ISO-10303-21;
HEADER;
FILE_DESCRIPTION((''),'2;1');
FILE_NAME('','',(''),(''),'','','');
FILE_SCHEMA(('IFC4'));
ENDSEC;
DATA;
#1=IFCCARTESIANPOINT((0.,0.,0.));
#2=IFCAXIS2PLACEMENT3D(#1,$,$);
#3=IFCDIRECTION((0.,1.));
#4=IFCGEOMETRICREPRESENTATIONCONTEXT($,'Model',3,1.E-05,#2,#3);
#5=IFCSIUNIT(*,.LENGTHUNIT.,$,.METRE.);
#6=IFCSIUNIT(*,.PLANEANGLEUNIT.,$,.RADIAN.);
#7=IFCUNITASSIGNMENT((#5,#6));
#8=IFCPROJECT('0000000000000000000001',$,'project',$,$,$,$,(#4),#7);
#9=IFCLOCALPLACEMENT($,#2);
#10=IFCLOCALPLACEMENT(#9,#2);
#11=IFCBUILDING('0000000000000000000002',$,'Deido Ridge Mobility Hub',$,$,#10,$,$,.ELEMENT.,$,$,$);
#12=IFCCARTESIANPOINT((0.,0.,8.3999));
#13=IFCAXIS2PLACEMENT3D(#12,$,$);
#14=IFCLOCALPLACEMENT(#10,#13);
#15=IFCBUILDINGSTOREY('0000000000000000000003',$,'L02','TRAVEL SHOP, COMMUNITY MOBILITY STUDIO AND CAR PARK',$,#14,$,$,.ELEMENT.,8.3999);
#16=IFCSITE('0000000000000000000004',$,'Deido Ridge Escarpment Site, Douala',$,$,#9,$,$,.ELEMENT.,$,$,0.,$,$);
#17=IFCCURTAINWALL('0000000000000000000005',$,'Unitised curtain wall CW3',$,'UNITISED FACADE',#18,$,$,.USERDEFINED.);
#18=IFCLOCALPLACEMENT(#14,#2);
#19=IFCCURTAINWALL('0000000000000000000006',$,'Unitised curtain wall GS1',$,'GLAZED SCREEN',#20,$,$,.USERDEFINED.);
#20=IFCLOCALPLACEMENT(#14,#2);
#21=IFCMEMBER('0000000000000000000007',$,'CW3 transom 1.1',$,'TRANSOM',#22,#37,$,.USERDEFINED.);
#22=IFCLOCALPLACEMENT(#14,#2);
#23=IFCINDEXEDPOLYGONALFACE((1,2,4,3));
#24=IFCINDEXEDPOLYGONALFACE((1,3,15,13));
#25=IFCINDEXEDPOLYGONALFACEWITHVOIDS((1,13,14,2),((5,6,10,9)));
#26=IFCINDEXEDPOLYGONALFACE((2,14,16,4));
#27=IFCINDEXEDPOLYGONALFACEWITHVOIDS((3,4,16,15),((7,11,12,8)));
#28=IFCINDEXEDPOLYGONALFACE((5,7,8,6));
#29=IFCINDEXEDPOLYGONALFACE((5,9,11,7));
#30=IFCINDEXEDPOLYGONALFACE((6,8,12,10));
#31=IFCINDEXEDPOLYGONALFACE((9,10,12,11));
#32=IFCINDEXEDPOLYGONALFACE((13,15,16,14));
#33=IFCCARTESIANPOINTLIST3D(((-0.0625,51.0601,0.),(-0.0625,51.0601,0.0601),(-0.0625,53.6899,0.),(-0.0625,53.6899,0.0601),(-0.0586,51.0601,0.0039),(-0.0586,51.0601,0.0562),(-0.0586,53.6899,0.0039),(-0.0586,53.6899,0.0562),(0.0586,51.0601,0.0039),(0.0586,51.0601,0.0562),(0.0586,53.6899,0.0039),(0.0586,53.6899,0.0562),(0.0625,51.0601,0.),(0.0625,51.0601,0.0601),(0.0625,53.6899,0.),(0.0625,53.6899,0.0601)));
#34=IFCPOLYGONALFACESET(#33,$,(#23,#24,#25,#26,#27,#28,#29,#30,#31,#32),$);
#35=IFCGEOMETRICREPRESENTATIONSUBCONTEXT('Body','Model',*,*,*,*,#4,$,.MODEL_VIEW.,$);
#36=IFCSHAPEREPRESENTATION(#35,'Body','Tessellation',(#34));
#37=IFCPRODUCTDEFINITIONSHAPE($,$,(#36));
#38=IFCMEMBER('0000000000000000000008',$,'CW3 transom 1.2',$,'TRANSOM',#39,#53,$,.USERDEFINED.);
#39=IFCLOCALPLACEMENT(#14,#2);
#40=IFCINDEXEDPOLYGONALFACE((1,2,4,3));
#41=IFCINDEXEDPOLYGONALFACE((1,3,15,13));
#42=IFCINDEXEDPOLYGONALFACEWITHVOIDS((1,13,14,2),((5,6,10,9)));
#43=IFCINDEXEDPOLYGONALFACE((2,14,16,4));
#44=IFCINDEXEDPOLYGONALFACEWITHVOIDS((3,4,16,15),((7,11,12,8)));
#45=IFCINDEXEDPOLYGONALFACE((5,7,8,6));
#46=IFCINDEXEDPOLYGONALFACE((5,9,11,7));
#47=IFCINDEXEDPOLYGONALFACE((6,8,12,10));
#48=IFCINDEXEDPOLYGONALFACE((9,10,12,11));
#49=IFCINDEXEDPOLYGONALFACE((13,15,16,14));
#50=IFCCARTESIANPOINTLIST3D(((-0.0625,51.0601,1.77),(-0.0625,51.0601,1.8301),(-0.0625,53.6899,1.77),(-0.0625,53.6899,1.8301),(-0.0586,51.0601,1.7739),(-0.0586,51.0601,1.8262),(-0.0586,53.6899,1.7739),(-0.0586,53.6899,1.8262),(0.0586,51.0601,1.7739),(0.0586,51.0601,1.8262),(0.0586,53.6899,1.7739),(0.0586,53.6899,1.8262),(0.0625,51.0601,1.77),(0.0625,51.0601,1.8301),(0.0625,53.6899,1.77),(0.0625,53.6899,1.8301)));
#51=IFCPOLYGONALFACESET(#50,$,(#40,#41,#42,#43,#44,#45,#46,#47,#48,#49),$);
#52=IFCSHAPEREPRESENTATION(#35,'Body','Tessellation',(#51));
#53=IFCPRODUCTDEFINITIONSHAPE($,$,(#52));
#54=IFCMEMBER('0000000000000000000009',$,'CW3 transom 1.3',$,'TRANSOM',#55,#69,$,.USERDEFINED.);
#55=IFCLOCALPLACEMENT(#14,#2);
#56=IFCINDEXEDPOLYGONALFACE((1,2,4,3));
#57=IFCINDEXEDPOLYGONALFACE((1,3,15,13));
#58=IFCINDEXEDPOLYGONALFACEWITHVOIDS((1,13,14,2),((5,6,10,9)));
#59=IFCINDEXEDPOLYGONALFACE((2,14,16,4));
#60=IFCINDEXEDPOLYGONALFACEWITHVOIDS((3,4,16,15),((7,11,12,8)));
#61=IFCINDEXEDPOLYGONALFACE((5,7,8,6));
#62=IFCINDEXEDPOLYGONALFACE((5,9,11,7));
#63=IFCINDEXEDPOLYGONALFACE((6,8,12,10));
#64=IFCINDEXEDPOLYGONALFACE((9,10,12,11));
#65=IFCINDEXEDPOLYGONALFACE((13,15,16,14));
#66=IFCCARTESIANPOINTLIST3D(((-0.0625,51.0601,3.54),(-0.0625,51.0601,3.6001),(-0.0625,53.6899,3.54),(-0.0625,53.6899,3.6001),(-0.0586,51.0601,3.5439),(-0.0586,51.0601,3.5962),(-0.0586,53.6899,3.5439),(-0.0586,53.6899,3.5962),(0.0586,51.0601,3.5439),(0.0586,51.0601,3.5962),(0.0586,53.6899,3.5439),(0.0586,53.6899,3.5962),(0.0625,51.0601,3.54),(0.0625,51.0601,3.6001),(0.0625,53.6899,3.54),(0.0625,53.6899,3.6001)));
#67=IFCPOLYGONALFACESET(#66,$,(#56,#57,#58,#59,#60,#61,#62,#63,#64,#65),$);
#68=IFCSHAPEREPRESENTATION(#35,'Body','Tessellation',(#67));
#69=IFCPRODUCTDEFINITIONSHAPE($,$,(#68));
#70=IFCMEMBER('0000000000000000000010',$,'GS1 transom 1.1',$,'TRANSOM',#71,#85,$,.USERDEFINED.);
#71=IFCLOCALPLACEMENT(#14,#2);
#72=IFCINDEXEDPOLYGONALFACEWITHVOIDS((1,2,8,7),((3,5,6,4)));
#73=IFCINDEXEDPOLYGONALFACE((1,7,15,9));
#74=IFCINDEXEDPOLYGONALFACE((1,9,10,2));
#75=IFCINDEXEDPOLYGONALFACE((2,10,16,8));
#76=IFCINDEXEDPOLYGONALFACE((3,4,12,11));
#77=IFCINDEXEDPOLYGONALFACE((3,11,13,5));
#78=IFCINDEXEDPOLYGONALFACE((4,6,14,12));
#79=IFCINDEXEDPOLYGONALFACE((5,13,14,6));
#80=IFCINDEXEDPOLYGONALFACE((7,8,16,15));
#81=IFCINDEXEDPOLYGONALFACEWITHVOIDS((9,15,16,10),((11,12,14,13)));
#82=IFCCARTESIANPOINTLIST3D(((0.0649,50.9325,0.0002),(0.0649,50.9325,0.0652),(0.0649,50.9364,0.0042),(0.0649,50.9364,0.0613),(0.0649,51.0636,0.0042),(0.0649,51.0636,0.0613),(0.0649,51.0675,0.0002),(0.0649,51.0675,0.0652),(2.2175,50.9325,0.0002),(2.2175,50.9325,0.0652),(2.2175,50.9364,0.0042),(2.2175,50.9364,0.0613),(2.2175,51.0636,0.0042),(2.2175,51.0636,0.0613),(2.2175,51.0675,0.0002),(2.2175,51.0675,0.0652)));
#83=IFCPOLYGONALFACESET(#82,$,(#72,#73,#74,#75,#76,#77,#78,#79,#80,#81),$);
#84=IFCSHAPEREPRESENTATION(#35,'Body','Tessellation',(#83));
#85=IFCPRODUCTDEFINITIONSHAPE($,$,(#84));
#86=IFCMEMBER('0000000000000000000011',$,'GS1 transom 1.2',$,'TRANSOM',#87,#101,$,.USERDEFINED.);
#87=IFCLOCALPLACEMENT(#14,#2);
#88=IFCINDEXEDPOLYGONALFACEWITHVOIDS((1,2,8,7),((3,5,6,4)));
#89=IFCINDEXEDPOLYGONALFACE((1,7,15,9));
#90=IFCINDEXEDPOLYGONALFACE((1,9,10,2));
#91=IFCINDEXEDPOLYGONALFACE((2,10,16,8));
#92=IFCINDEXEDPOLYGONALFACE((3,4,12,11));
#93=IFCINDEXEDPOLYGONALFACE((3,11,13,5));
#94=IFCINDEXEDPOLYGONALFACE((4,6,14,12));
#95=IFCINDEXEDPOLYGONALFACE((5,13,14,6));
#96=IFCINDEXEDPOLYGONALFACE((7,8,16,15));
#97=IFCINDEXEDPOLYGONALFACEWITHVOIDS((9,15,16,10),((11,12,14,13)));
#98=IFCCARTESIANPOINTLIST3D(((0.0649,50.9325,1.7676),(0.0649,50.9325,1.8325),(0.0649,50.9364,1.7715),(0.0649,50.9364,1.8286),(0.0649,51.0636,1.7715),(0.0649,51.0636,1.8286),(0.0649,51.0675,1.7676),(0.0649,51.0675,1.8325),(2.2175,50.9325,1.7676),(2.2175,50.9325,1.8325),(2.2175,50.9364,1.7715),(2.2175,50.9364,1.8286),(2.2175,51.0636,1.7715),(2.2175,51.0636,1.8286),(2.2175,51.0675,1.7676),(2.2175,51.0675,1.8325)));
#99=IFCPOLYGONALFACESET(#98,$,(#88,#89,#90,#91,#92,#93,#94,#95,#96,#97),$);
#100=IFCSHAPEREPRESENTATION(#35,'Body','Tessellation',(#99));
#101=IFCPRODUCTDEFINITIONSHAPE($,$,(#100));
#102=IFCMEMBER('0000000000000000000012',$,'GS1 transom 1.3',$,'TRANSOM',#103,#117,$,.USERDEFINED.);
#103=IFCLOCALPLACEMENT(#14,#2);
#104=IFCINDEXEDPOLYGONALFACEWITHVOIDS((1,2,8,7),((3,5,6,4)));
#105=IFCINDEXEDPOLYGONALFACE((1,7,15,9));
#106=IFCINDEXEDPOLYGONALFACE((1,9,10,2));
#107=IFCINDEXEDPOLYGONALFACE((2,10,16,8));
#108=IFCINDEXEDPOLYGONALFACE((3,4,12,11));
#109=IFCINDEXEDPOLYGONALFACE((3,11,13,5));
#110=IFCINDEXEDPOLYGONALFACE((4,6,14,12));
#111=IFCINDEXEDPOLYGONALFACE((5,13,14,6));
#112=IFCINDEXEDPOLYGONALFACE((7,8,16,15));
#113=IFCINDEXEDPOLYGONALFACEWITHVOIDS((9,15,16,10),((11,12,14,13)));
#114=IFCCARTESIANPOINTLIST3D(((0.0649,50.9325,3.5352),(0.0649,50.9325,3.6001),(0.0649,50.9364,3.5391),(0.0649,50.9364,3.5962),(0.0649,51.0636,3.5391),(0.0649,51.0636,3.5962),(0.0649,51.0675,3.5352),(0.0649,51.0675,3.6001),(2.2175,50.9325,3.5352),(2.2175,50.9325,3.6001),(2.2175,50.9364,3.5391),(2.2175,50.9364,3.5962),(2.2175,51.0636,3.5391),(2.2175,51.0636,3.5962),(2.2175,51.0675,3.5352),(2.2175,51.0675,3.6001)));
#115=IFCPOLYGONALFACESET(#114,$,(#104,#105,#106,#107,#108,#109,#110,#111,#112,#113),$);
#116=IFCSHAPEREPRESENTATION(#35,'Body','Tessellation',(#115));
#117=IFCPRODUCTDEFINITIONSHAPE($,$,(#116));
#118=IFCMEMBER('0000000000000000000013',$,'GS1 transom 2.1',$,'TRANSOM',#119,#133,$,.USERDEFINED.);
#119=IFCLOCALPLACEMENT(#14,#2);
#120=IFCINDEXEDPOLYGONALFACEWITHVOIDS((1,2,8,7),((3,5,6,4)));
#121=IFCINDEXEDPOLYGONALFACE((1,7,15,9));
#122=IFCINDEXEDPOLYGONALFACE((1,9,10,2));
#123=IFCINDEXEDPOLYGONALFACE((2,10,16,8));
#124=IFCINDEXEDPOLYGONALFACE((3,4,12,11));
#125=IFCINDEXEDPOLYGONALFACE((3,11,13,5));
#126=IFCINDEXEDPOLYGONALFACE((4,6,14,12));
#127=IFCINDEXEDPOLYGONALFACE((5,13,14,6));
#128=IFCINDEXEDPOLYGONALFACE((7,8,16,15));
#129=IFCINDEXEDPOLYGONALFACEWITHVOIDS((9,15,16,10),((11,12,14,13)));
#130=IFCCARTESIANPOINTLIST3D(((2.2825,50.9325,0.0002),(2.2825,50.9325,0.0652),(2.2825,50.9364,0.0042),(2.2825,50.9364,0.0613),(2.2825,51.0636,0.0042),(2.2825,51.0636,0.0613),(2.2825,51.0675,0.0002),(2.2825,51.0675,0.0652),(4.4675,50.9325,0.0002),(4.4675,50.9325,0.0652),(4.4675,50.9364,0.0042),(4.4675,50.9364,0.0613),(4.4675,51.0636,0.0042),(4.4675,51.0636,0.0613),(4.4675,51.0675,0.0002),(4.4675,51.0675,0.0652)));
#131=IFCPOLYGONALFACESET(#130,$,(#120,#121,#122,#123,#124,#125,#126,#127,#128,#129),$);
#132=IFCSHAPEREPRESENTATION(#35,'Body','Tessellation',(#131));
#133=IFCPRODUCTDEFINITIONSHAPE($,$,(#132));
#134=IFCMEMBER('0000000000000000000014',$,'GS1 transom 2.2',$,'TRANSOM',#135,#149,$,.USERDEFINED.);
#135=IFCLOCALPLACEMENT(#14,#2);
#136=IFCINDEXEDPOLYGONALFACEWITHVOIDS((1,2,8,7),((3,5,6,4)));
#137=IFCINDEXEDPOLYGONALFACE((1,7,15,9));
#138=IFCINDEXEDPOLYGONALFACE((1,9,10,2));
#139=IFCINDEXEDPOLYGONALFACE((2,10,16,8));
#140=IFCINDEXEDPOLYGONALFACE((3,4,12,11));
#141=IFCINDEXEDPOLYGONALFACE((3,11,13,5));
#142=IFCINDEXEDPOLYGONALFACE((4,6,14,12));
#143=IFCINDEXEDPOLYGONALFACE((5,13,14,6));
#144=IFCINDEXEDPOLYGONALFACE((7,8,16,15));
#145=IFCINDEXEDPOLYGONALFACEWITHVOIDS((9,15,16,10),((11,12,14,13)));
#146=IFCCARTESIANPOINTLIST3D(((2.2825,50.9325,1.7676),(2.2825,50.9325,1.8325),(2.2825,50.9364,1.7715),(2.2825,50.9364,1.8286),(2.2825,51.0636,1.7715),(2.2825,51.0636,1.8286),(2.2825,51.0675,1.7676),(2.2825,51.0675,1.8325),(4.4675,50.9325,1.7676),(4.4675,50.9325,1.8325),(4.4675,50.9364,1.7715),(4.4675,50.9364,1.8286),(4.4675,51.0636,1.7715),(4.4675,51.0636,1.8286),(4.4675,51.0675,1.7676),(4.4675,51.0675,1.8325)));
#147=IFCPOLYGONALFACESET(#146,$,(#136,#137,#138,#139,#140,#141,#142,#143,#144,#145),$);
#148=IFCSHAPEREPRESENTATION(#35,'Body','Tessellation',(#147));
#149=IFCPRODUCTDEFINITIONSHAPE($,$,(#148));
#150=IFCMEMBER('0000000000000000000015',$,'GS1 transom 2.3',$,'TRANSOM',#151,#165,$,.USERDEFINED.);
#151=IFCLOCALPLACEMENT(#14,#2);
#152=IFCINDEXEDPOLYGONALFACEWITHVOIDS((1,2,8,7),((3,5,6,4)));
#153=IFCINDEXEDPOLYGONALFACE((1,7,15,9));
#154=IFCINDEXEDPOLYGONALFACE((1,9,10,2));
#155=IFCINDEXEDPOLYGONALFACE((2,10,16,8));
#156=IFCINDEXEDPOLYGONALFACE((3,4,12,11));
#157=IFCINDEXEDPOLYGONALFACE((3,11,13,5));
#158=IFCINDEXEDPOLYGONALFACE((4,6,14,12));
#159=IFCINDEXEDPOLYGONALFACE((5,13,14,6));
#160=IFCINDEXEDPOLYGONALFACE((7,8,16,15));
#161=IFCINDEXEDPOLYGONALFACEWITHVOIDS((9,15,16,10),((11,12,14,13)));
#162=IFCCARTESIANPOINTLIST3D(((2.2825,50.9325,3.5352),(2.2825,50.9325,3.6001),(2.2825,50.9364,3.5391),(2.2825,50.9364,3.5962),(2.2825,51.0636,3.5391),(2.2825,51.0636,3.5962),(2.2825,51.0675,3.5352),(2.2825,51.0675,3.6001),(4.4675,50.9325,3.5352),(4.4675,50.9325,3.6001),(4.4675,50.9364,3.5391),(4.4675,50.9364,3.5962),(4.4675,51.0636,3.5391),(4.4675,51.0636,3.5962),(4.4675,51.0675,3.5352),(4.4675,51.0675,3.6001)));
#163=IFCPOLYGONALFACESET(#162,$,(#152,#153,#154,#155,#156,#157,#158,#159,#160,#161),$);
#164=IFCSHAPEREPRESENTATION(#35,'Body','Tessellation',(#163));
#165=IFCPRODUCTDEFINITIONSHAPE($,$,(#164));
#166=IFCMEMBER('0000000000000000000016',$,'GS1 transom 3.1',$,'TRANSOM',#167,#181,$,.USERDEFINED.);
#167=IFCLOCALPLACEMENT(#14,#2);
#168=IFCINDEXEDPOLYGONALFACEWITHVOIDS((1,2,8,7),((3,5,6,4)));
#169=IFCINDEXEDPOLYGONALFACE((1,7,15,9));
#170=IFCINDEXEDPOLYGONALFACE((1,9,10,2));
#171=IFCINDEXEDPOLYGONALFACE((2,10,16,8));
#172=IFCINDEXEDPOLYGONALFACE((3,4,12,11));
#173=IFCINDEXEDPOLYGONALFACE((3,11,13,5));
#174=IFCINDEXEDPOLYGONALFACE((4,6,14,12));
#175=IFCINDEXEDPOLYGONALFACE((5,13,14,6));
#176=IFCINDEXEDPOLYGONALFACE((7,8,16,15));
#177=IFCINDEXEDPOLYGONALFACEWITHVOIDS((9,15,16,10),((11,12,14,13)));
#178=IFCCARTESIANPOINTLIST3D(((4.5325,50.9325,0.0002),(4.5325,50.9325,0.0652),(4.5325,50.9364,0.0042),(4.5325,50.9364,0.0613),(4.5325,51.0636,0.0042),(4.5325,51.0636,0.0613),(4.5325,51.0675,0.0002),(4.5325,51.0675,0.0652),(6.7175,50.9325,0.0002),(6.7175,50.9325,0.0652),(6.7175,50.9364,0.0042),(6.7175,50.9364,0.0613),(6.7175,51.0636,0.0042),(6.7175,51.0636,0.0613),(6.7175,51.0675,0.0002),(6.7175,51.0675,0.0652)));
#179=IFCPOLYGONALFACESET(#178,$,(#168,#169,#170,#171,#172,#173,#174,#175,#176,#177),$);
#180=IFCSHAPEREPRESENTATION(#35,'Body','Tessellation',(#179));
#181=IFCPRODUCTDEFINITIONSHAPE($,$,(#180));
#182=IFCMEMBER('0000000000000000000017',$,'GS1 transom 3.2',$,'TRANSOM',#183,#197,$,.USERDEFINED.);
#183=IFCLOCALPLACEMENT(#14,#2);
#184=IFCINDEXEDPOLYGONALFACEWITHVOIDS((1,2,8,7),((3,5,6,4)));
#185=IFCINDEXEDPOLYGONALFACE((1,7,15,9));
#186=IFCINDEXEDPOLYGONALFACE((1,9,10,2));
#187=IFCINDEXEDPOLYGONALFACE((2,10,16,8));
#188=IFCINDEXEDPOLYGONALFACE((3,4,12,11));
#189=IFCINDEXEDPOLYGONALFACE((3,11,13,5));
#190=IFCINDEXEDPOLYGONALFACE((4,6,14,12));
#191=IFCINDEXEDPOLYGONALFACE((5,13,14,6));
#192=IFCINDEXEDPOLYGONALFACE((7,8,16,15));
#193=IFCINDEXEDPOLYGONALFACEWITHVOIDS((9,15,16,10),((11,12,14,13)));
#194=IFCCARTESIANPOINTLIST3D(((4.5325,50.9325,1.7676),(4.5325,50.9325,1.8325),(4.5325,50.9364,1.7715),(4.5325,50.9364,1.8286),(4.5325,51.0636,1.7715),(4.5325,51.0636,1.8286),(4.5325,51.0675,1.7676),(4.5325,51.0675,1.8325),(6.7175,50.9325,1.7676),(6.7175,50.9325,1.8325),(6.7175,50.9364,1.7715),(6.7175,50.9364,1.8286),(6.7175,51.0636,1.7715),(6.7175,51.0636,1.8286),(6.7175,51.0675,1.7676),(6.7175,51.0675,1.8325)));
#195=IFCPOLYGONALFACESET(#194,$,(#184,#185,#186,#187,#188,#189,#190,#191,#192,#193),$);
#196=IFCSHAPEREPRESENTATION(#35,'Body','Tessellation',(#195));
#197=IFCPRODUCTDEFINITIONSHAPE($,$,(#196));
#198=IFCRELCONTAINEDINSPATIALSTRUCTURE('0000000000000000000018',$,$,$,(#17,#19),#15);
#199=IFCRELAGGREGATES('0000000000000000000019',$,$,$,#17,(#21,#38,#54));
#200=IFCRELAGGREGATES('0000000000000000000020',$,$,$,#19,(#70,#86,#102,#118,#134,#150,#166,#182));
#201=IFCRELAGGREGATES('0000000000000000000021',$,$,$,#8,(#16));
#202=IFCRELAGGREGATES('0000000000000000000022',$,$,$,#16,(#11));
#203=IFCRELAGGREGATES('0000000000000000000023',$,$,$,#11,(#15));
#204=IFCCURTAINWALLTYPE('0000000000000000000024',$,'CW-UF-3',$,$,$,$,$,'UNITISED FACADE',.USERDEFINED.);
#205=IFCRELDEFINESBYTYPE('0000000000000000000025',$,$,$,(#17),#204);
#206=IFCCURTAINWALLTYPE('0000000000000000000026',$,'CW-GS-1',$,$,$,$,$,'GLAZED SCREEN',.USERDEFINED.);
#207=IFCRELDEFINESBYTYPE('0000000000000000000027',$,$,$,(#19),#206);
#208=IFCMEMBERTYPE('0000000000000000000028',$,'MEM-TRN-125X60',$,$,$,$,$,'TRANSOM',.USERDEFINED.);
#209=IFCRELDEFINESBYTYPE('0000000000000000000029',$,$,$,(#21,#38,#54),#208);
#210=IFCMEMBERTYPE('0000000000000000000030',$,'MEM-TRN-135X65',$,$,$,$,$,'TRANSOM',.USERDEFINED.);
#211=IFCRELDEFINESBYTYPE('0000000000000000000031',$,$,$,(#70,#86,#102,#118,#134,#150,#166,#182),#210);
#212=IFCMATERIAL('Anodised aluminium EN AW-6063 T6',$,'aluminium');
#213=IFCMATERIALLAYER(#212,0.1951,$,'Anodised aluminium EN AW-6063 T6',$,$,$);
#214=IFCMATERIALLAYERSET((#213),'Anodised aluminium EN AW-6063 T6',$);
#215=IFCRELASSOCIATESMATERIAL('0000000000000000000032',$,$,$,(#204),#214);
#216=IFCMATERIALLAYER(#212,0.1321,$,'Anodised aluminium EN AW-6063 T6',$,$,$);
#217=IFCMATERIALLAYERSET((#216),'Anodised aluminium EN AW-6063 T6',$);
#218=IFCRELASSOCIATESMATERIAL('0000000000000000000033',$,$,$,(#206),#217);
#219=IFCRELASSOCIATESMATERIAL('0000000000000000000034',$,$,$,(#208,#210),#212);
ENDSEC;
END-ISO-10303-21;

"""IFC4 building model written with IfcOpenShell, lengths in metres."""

from ifc_helpers import new_model, si_unit, direction, frame, origin, origin_2d, place, context, subcontext, project, spatial, hollow_rectangle, extrude, material, layer, layer_set, material_profile, profile_set, type_object, element, aggregate, save


model = new_model("IFC4")

# Units and contexts
model_context = context("Model", 3, precision=1e-05, world=origin(), true_north=direction((0.0, 1.0)))
body_context = subcontext(model_context, "Body", "Model", "MODEL_VIEW")
ifc_project = project(units=[si_unit("LENGTHUNIT", "METRE"), si_unit("PLANEANGLEUNIT", "RADIAN")], contexts=[model_context])

# Site, building, storey
site_placement = place(None, origin())
site = spatial("IfcSite", under=ifc_project, at=site_placement, Name="Deido Ridge Escarpment Site, Douala", CompositionType="ELEMENT", RefElevation=0.0)
building_placement = place(site_placement, origin())
building = spatial("IfcBuilding", under=site, at=building_placement, Name="Deido Ridge Mobility Hub", CompositionType="ELEMENT")
storey_placement = place(building_placement, frame((0.0, 0.0, 8.3999)))
storey = spatial("IfcBuildingStorey", under=building, at=storey_placement, Name="L02", Description="TRAVEL SHOP, COMMUNITY MOBILITY STUDIO AND CAR PARK", CompositionType="ELEMENT", Elevation=8.3999)

# Curtain walls
ifc_material_1 = material(Name="Anodised aluminium EN AW-6063 T6", Category="aluminium")
ifc_layer_1 = layer(ifc_material_1, 0.1951, Name="Anodised aluminium EN AW-6063 T6")
ifc_layer_set_1 = layer_set([ifc_layer_1], Name="Anodised aluminium EN AW-6063 T6")
curtain_wall_type_1 = type_object("IfcCurtainWallType", Name="CW-UF-3", ElementType="UNITISED FACADE", PredefinedType="USERDEFINED", material=ifc_layer_set_1)
curtain_wall_1_placement = place(storey_placement, origin())
curtain_wall_1 = element("IfcCurtainWall", 1, at=curtain_wall_1_placement, inside=storey, type_object=curtain_wall_type_1, Name="Unitised curtain wall CW3", ObjectType="UNITISED FACADE", PredefinedType="USERDEFINED")
ifc_layer_2 = layer(ifc_material_1, 0.1321, Name="Anodised aluminium EN AW-6063 T6")
ifc_layer_set_2 = layer_set([ifc_layer_2], Name="Anodised aluminium EN AW-6063 T6")
curtain_wall_type_2 = type_object("IfcCurtainWallType", Name="CW-GS-1", ElementType="GLAZED SCREEN", PredefinedType="USERDEFINED", material=ifc_layer_set_2)
curtain_wall_2_placement = place(storey_placement, origin())
curtain_wall_2 = element("IfcCurtainWall", 2, at=curtain_wall_2_placement, inside=storey, type_object=curtain_wall_type_2, Name="Unitised curtain wall GS1", ObjectType="GLAZED SCREEN", PredefinedType="USERDEFINED")

# Members
ifc_material_profile_1 = material_profile(ifc_material_1, hollow_rectangle(XDim=0.125, YDim=0.0601, WallThickness=0.0039, at=origin_2d()), Name="RHS 125x60x4")
ifc_profile_set_1 = profile_set([ifc_material_profile_1], Name="Anodised aluminium EN AW-6063 T6")
member_type_1 = type_object("IfcMemberType", Name="MEM-TRN-125X60", ElementType="TRANSOM", PredefinedType="USERDEFINED", material=ifc_profile_set_1)
member_1_placement = place(storey_placement, frame((0.0, 51.0601, 0.03), z_axis=(0.0, 1.0, 0.0), x_axis=(-1.0, 0.0, 0.0)))
member_1 = element("IfcMember", 3, at=member_1_placement, type_object=member_type_1, Name="CW3 transom 1.1", ObjectType="TRANSOM", PredefinedType="USERDEFINED", context=body_context, shape_type="SweptSolid", body=[
    extrude(hollow_rectangle(XDim=0.125, YDim=0.0601, WallThickness=0.0039, at=origin_2d()), origin(), (0.0, 0.0, 1.0), 2.6299),
])
member_2_placement = place(storey_placement, frame((0.0, 51.0601, 1.8), z_axis=(0.0, 1.0, 0.0), x_axis=(-1.0, 0.0, 0.0)))
member_2 = element("IfcMember", 4, at=member_2_placement, type_object=member_type_1, Name="CW3 transom 1.2", ObjectType="TRANSOM", PredefinedType="USERDEFINED", context=body_context, shape_type="SweptSolid", body=[
    extrude(hollow_rectangle(XDim=0.125, YDim=0.0601, WallThickness=0.0039, at=origin_2d()), origin(), (0.0, 0.0, 1.0), 2.6299),
])
member_3_placement = place(storey_placement, frame((0.0, 51.0601, 3.5701), z_axis=(0.0, 1.0, 0.0), x_axis=(-1.0, 0.0, 0.0)))
member_3 = element("IfcMember", 5, at=member_3_placement, type_object=member_type_1, Name="CW3 transom 1.3", ObjectType="TRANSOM", PredefinedType="USERDEFINED", context=body_context, shape_type="SweptSolid", body=[
    extrude(hollow_rectangle(XDim=0.125, YDim=0.0601, WallThickness=0.0039, at=origin_2d()), origin(), (0.0, 0.0, 1.0), 2.6299),
])
ifc_material_profile_2 = material_profile(ifc_material_1, hollow_rectangle(XDim=0.135, YDim=0.0649, WallThickness=0.0039, at=origin_2d()), Name="RHS 135x65x4")
ifc_profile_set_2 = profile_set([ifc_material_profile_2], Name="Anodised aluminium EN AW-6063 T6")
member_type_2 = type_object("IfcMemberType", Name="MEM-TRN-135X65", ElementType="TRANSOM", PredefinedType="USERDEFINED", material=ifc_profile_set_2)
member_4_placement = place(storey_placement, frame((0.0649, 51.0, 0.0327), z_axis=(1.0, 0.0, 0.0), x_axis=(0.0, 1.0, 0.0)))
member_4 = element("IfcMember", 6, at=member_4_placement, type_object=member_type_2, Name="GS1 transom 1.1", ObjectType="TRANSOM", PredefinedType="USERDEFINED", context=body_context, shape_type="SweptSolid", body=[
    extrude(hollow_rectangle(XDim=0.135, YDim=0.0649, WallThickness=0.0039, at=origin_2d()), origin(), (0.0, 0.0, 1.0), 2.1526),
])
member_5_placement = place(storey_placement, frame((0.0649, 51.0, 1.8), z_axis=(1.0, 0.0, 0.0), x_axis=(0.0, 1.0, 0.0)))
member_5 = element("IfcMember", 7, at=member_5_placement, type_object=member_type_2, Name="GS1 transom 1.2", ObjectType="TRANSOM", PredefinedType="USERDEFINED", context=body_context, shape_type="SweptSolid", body=[
    extrude(hollow_rectangle(XDim=0.135, YDim=0.0649, WallThickness=0.0039, at=origin_2d()), origin(), (0.0, 0.0, 1.0), 2.1526),
])
member_6_placement = place(storey_placement, frame((0.0649, 51.0, 3.5676), z_axis=(1.0, 0.0, 0.0), x_axis=(0.0, 1.0, 0.0)))
member_6 = element("IfcMember", 8, at=member_6_placement, type_object=member_type_2, Name="GS1 transom 1.3", ObjectType="TRANSOM", PredefinedType="USERDEFINED", context=body_context, shape_type="SweptSolid", body=[
    extrude(hollow_rectangle(XDim=0.135, YDim=0.0649, WallThickness=0.0039, at=origin_2d()), origin(), (0.0, 0.0, 1.0), 2.1526),
])
member_7_placement = place(storey_placement, frame((2.2825, 51.0, 0.0327), z_axis=(1.0, 0.0, 0.0), x_axis=(0.0, 1.0, 0.0)))
member_7 = element("IfcMember", 9, at=member_7_placement, type_object=member_type_2, Name="GS1 transom 2.1", ObjectType="TRANSOM", PredefinedType="USERDEFINED", context=body_context, shape_type="SweptSolid", body=[
    extrude(hollow_rectangle(XDim=0.135, YDim=0.0649, WallThickness=0.0039, at=origin_2d()), origin(), (0.0, 0.0, 1.0), 2.1851),
])
member_8_placement = place(storey_placement, frame((2.2825, 51.0, 1.8), z_axis=(1.0, 0.0, 0.0), x_axis=(0.0, 1.0, 0.0)))
member_8 = element("IfcMember", 10, at=member_8_placement, type_object=member_type_2, Name="GS1 transom 2.2", ObjectType="TRANSOM", PredefinedType="USERDEFINED", context=body_context, shape_type="SweptSolid", body=[
    extrude(hollow_rectangle(XDim=0.135, YDim=0.0649, WallThickness=0.0039, at=origin_2d()), origin(), (0.0, 0.0, 1.0), 2.1851),
])
member_9_placement = place(storey_placement, frame((2.2825, 51.0, 3.5676), z_axis=(1.0, 0.0, 0.0), x_axis=(0.0, 1.0, 0.0)))
member_9 = element("IfcMember", 11, at=member_9_placement, type_object=member_type_2, Name="GS1 transom 2.3", ObjectType="TRANSOM", PredefinedType="USERDEFINED", context=body_context, shape_type="SweptSolid", body=[
    extrude(hollow_rectangle(XDim=0.135, YDim=0.0649, WallThickness=0.0039, at=origin_2d()), origin(), (0.0, 0.0, 1.0), 2.1851),
])
member_10_placement = place(storey_placement, frame((4.5325, 51.0, 0.0327), z_axis=(1.0, 0.0, 0.0), x_axis=(0.0, 1.0, 0.0)))
member_10 = element("IfcMember", 12, at=member_10_placement, type_object=member_type_2, Name="GS1 transom 3.1", ObjectType="TRANSOM", PredefinedType="USERDEFINED", context=body_context, shape_type="SweptSolid", body=[
    extrude(hollow_rectangle(XDim=0.135, YDim=0.0649, WallThickness=0.0039, at=origin_2d()), origin(), (0.0, 0.0, 1.0), 2.1851),
])
member_11_placement = place(storey_placement, frame((4.5325, 51.0, 1.8), z_axis=(1.0, 0.0, 0.0), x_axis=(0.0, 1.0, 0.0)))
member_11 = element("IfcMember", 13, at=member_11_placement, type_object=member_type_2, Name="GS1 transom 3.2", ObjectType="TRANSOM", PredefinedType="USERDEFINED", context=body_context, shape_type="SweptSolid", body=[
    extrude(hollow_rectangle(XDim=0.135, YDim=0.0649, WallThickness=0.0039, at=origin_2d()), origin(), (0.0, 0.0, 1.0), 2.1851),
])

aggregate(curtain_wall_1, [member_1, member_2, member_3])
aggregate(curtain_wall_2, [member_4, member_5, member_6, member_7, member_8, member_9, member_10, member_11])

save(model, "model.ifc")
